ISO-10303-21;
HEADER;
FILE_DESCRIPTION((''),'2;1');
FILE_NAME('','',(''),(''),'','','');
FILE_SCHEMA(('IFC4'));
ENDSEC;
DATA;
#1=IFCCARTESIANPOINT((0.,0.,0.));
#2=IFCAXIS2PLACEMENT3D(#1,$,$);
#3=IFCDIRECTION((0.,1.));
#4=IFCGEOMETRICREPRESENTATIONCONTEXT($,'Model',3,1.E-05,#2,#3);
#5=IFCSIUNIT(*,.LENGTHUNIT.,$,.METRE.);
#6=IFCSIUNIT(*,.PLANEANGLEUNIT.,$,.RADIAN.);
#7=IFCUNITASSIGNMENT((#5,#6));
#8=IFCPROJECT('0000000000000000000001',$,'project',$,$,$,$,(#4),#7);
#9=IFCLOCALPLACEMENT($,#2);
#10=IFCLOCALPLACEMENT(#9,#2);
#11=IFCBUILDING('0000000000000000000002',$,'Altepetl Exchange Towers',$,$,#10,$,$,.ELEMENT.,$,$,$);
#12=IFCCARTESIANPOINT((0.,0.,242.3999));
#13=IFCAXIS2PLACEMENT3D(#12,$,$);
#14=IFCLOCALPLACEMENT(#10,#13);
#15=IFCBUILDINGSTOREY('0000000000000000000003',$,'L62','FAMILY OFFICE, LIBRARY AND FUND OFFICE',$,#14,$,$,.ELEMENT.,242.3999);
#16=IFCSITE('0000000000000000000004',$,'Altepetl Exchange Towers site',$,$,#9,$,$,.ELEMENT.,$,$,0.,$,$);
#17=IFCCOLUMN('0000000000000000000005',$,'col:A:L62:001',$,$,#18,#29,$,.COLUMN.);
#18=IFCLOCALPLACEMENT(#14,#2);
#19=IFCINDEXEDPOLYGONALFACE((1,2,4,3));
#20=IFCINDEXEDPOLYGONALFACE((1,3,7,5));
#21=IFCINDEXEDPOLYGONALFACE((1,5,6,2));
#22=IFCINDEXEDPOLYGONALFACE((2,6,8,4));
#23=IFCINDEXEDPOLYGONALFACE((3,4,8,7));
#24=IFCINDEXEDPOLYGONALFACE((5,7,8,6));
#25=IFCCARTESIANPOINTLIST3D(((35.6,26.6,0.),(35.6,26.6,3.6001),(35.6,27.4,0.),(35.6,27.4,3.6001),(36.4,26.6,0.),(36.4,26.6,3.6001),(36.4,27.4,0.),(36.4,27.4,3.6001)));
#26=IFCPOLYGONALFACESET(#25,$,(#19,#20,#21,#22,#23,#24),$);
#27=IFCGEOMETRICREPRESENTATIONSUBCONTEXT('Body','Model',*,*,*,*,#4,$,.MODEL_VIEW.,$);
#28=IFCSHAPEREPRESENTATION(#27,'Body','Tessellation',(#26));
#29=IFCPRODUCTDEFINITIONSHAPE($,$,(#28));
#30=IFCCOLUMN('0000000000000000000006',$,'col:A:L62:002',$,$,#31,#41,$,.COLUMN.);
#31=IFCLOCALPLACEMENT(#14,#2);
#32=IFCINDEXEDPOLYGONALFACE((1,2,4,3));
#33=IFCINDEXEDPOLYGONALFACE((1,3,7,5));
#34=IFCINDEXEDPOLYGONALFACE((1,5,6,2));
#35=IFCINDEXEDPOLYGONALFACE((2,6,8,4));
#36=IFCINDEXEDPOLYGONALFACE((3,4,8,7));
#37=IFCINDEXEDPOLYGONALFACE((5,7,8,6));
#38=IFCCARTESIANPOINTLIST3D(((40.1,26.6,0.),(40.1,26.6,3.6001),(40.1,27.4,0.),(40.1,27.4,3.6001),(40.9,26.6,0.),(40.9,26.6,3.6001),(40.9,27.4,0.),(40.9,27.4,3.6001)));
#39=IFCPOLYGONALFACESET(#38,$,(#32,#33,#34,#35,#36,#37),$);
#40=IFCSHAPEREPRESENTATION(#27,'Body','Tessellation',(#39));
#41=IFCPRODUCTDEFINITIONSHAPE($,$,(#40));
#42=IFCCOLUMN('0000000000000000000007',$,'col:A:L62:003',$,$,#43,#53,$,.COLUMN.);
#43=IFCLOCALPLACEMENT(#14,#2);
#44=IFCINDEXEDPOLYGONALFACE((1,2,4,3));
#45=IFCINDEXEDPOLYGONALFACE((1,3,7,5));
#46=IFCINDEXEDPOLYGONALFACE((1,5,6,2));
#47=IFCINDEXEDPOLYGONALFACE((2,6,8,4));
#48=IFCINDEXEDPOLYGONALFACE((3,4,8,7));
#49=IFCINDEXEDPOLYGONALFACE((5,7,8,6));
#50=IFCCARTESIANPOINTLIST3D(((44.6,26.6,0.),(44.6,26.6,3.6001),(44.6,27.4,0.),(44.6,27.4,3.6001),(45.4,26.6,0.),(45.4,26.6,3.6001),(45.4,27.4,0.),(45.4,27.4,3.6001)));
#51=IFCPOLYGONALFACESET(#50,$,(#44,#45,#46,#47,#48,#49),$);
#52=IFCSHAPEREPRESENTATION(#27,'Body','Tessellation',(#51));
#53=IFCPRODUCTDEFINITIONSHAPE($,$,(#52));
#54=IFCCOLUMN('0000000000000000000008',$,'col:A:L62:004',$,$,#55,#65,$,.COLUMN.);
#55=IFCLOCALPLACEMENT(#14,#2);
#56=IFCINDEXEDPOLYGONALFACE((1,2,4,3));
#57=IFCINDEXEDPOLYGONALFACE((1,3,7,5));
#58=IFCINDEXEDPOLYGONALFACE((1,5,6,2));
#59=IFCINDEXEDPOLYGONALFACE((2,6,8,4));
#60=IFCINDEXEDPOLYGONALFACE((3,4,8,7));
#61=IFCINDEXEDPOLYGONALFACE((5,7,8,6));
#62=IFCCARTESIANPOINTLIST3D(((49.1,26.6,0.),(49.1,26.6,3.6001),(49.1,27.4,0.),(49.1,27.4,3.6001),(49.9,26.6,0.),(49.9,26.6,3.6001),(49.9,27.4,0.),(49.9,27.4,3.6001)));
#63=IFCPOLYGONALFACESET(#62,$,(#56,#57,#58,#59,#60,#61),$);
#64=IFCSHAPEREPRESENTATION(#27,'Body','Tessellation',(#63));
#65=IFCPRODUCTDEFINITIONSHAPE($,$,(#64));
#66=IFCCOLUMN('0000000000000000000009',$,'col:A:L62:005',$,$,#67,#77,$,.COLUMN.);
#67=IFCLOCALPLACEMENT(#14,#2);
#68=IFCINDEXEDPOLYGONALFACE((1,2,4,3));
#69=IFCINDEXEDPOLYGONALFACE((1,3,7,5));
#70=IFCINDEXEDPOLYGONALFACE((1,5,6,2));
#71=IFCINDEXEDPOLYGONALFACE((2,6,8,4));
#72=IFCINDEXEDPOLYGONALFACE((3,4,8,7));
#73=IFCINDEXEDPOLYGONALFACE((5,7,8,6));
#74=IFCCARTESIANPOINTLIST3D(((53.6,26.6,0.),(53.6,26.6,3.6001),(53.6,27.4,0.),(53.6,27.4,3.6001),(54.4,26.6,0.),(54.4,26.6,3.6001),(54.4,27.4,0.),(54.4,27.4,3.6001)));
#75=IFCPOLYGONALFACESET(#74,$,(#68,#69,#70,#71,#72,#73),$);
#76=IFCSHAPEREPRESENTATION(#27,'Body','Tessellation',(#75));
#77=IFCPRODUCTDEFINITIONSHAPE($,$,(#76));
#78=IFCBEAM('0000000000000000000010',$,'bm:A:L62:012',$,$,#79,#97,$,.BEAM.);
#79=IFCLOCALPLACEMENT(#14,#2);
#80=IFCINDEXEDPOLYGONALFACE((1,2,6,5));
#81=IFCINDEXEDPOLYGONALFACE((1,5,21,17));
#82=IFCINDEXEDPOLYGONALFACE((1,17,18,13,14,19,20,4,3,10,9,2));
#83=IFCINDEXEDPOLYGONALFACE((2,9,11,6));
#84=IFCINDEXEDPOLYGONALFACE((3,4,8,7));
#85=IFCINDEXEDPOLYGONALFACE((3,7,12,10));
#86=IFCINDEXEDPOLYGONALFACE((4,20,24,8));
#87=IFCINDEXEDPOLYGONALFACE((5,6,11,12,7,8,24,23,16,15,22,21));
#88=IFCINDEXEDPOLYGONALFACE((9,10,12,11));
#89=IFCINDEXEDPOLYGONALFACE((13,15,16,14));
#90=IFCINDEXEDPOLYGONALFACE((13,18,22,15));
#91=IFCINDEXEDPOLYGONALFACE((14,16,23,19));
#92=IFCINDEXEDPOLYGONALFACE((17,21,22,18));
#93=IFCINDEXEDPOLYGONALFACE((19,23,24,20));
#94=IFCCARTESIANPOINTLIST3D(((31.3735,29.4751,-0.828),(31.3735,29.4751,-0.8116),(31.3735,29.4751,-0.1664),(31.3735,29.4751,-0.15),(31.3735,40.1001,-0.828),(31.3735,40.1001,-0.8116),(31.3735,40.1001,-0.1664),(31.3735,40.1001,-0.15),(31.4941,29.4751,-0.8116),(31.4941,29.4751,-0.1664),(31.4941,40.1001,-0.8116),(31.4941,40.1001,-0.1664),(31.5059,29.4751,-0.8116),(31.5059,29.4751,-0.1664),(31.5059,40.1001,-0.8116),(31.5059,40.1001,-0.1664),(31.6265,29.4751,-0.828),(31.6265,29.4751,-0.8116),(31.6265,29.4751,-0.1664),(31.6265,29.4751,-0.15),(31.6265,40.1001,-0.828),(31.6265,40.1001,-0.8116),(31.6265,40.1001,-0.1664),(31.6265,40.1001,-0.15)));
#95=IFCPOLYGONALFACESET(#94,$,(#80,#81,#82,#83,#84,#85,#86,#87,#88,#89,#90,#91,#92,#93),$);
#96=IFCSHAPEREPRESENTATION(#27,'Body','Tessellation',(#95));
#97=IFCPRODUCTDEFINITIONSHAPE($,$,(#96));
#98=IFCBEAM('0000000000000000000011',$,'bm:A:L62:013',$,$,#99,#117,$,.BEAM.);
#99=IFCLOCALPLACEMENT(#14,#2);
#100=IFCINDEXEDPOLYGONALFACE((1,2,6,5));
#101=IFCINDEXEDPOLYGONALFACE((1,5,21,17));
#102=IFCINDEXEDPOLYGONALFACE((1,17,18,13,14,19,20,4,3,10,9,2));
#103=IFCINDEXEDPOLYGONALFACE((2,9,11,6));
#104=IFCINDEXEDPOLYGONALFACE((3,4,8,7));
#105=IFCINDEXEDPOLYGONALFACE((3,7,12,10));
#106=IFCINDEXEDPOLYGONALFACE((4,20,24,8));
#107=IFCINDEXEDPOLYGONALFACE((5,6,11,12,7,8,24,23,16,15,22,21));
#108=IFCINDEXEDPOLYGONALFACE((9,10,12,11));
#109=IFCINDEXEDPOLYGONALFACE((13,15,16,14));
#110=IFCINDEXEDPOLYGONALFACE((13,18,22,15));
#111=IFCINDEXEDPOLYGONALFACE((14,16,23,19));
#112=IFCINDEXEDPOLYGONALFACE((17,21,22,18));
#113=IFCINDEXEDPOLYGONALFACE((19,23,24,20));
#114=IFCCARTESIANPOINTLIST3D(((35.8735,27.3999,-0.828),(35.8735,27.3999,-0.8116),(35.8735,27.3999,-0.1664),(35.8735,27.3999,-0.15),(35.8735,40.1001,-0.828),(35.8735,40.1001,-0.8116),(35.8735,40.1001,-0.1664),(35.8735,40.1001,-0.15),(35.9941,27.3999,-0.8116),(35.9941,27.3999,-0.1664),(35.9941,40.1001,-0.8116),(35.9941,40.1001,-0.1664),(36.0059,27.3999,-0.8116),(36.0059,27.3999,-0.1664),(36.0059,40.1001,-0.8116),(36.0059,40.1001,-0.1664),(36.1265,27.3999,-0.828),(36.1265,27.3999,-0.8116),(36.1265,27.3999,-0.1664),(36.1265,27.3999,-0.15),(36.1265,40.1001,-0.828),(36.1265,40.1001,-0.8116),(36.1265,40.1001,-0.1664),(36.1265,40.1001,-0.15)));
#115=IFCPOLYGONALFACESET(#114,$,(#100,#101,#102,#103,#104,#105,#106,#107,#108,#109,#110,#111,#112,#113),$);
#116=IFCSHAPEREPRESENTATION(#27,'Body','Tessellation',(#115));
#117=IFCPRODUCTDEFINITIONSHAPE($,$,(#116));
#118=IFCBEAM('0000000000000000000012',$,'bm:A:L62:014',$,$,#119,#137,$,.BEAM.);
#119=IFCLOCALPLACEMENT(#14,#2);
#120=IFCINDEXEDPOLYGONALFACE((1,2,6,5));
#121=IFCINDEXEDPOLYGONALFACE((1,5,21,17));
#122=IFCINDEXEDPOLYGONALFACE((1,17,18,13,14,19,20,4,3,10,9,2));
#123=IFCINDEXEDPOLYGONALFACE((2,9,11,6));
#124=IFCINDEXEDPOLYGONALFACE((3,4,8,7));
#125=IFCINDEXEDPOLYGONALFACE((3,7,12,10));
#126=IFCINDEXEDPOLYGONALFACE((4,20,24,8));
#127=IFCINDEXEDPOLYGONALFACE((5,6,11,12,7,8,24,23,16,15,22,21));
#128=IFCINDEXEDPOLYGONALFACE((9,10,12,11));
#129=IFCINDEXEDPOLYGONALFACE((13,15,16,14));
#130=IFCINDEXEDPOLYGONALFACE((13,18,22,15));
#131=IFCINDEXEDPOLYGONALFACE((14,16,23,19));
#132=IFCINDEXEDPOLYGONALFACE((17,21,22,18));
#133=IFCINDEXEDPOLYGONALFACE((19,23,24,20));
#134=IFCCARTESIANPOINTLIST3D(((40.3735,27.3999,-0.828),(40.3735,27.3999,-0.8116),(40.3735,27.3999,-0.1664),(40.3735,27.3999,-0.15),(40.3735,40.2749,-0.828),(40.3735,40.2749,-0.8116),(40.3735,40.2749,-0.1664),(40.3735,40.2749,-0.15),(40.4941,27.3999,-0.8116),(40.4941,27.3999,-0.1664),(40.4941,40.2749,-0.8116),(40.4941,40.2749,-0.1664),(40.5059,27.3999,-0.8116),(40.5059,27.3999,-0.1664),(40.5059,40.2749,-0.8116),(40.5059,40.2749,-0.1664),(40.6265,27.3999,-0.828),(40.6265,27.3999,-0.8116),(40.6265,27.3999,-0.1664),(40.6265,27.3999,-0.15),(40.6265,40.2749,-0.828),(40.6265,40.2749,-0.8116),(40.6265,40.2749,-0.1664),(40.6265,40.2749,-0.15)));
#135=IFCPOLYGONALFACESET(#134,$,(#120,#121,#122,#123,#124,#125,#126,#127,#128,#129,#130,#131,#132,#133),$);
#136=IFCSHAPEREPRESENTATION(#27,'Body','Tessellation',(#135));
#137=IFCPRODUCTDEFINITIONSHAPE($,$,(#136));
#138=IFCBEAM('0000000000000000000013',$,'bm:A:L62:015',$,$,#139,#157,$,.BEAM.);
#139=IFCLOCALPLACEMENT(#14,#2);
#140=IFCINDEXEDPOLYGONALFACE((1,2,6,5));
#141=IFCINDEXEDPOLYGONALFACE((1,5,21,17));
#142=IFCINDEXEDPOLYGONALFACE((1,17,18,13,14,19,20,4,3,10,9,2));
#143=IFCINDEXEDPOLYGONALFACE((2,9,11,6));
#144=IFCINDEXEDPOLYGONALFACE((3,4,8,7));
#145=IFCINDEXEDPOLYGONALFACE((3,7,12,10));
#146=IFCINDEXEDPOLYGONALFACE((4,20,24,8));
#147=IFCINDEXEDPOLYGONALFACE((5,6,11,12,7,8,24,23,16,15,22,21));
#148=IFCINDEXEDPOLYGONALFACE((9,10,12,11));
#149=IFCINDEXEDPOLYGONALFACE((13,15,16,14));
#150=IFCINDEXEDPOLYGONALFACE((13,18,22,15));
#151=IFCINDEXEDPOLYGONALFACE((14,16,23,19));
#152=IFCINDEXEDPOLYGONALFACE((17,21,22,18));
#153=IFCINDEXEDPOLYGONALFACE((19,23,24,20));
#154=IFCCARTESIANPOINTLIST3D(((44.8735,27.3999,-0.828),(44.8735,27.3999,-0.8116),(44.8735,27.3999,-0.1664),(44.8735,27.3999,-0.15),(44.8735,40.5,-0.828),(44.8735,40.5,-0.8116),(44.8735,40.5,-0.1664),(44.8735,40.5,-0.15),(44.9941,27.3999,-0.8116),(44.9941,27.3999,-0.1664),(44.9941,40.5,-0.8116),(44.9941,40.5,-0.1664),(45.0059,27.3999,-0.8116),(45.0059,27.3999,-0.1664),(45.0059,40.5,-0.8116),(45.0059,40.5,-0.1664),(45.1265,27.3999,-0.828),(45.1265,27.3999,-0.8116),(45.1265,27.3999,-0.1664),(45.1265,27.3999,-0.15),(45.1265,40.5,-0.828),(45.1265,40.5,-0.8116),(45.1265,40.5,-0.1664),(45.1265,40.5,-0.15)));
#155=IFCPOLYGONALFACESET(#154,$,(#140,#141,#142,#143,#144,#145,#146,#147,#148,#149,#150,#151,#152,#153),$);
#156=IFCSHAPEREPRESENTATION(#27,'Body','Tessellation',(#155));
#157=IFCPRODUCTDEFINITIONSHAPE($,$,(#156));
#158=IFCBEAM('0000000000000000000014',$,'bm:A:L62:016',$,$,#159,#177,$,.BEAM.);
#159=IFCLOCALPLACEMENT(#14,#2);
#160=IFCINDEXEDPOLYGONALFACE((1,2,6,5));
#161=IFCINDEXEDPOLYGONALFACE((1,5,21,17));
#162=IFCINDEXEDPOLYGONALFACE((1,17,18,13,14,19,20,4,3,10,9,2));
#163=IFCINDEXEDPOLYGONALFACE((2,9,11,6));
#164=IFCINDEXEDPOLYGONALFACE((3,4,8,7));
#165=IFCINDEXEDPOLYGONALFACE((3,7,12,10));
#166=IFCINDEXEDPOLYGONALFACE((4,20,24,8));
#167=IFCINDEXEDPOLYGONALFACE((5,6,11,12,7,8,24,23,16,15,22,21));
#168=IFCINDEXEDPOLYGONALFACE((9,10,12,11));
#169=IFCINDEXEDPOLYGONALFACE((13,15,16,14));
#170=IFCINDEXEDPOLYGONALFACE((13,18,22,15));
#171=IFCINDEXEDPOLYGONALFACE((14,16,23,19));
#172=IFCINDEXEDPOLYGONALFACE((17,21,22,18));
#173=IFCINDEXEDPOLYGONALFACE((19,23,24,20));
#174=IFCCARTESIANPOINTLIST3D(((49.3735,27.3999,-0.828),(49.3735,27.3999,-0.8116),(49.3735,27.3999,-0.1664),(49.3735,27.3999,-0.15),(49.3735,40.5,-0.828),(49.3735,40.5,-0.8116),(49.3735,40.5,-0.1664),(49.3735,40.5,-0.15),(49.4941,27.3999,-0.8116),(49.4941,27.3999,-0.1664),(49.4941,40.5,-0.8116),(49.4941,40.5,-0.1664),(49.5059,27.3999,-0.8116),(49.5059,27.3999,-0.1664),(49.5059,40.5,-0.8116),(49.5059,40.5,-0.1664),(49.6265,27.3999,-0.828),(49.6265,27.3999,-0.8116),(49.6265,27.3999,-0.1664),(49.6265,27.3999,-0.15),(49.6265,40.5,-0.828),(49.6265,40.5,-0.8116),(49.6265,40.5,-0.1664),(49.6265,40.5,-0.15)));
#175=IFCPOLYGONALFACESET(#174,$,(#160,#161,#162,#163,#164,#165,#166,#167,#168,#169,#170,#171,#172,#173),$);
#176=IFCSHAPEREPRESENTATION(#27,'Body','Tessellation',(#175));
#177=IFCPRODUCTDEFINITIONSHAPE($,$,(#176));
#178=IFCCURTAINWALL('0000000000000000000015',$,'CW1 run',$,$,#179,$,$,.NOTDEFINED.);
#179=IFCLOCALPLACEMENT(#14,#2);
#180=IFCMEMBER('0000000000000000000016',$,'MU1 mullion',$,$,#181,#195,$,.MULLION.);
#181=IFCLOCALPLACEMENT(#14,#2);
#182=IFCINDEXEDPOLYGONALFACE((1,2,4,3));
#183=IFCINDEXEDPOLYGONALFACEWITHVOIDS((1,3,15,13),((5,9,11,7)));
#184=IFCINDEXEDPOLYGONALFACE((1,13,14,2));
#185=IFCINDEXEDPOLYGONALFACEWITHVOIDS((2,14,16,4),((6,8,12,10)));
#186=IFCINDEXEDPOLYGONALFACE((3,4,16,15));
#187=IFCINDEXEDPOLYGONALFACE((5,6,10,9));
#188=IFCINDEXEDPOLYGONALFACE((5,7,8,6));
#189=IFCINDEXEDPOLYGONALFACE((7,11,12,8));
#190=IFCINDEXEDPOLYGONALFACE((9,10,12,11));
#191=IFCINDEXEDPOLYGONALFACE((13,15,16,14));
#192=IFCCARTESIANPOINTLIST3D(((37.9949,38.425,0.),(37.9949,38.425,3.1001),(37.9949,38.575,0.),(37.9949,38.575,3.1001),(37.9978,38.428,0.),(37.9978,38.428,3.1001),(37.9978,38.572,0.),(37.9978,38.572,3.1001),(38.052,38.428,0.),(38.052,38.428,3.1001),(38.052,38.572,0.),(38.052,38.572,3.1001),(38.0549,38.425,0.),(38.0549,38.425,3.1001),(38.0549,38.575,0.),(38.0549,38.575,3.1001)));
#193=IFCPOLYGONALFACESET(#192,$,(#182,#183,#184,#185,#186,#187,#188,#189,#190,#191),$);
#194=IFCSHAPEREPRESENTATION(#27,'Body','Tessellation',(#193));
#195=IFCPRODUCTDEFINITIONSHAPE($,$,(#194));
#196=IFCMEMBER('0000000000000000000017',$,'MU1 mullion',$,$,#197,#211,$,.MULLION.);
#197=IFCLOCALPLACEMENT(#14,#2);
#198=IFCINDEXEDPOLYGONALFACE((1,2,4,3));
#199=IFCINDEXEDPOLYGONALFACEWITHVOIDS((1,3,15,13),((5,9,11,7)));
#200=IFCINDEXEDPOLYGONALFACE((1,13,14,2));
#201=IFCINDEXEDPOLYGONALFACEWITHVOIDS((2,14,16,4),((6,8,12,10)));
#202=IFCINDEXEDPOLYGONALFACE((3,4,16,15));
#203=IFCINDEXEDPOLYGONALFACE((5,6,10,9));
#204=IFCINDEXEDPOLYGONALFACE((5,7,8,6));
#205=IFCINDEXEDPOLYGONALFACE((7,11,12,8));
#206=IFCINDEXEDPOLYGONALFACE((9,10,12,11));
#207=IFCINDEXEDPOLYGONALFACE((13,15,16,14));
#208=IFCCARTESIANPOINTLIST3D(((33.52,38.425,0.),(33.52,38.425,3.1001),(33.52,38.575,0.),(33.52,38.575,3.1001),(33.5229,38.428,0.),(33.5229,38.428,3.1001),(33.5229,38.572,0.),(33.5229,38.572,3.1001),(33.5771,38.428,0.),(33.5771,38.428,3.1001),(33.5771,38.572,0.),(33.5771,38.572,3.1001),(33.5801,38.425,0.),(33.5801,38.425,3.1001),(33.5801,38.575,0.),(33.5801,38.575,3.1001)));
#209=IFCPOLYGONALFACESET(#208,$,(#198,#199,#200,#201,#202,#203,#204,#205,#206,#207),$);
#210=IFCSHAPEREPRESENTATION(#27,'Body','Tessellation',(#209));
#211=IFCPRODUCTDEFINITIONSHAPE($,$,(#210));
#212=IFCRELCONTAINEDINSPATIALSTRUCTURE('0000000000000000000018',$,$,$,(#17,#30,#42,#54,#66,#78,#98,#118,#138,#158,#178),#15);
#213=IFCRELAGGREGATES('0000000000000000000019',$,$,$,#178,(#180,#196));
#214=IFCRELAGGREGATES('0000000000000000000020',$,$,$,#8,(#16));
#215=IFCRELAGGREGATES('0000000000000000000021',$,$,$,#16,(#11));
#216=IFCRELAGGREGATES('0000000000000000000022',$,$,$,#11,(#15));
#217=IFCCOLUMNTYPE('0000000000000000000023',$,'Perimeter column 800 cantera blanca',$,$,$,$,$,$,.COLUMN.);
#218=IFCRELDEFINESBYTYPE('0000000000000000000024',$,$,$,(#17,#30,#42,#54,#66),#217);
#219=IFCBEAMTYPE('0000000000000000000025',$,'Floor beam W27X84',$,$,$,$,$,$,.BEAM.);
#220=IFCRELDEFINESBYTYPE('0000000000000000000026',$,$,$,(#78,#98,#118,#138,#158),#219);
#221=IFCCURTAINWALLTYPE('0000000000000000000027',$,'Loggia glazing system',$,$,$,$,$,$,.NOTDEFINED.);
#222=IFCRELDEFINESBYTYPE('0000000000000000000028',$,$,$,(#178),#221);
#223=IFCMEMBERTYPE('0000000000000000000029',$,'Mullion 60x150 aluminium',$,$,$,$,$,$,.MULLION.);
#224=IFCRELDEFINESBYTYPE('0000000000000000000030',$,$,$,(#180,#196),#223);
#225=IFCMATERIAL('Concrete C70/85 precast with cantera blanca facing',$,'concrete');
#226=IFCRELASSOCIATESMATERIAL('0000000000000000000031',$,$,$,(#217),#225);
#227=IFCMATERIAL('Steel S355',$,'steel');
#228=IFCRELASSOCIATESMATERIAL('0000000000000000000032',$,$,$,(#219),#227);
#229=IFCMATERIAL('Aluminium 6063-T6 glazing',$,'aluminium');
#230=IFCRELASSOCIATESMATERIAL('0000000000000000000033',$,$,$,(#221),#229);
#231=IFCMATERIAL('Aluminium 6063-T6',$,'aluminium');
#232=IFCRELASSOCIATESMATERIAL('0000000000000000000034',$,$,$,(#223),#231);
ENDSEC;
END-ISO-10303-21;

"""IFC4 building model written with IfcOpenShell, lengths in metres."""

from ifc_helpers import new_model, si_unit, direction, frame, origin, origin_2d, place, context, subcontext, project, spatial, rectangle, hollow_rectangle, i_section, extrude, material, material_profile, profile_set, type_object, element, aggregate, save


model = new_model("IFC4")

# Units and contexts
model_context = context("Model", 3, precision=1e-05, world=origin(), true_north=direction((0.0, 1.0)))
body_context = subcontext(model_context, "Body", "Model", "MODEL_VIEW")
ifc_project = project(units=[si_unit("LENGTHUNIT", "METRE"), si_unit("PLANEANGLEUNIT", "RADIAN")], contexts=[model_context])

# Site, building, storey
site_placement = place(None, origin())
site = spatial("IfcSite", under=ifc_project, at=site_placement, Name="Altepetl Exchange Towers site", CompositionType="ELEMENT", RefElevation=0.0)
building_placement = place(site_placement, origin())
building = spatial("IfcBuilding", under=site, at=building_placement, Name="Altepetl Exchange Towers", CompositionType="ELEMENT")
storey_placement = place(building_placement, frame((0.0, 0.0, 242.3999)))
storey = spatial("IfcBuildingStorey", under=building, at=storey_placement, Name="L62", Description="FAMILY OFFICE, LIBRARY AND FUND OFFICE", CompositionType="ELEMENT", Elevation=242.3999)

# Columns
ifc_material_1 = material(Name="Concrete C70/85 precast with cantera blanca facing", Category="concrete")
ifc_material_profile_1 = material_profile(ifc_material_1, rectangle(XDim=0.8, YDim=0.8, at=origin_2d()), Name="800 x 800")
ifc_profile_set_1 = profile_set([ifc_material_profile_1], Name="Concrete C70/85 precast with cantera blanca facing")
column_type = type_object("IfcColumnType", Name="Perimeter column 800 cantera blanca", PredefinedType="COLUMN", material=ifc_profile_set_1)
for number, where, name in (
    (1, (36.0, 27.0, 0.0), "col:A:L62:001"),
    (2, (40.5, 27.0, 0.0), "col:A:L62:002"),
    (3, (45.0, 27.0, 0.0), "col:A:L62:003"),
    (4, (49.5, 27.0, 0.0), "col:A:L62:004"),
    (5, (54.0, 27.0, 0.0), "col:A:L62:005"),
):
    element("IfcColumn", number, at=place(storey_placement, frame(where)), inside=storey, type_object=column_type, Name=name, PredefinedType="COLUMN", context=body_context, shape_type="SweptSolid", body=[
        extrude(rectangle(XDim=0.8, YDim=0.8, at=origin_2d()), origin(), (0.0, 0.0, 1.0), 3.6001),
    ])

# Beams
ifc_material_2 = material(Name="Steel S355", Category="steel")
ifc_material_profile_2 = material_profile(ifc_material_2, i_section(OverallWidth=0.2529, OverallDepth=0.678, WebThickness=0.0117, FlangeThickness=0.0164, at=origin_2d()), Name="W27X84")
ifc_profile_set_2 = profile_set([ifc_material_profile_2], Name="Steel S355")
beam_type_1 = type_object("IfcBeamType", Name="Floor beam W27X84", PredefinedType="BEAM", material=ifc_profile_set_2)
beam_1_placement = place(storey_placement, frame((31.5, 29.4751, -0.489), z_axis=(0.0, 1.0, 0.0), x_axis=(-1.0, 0.0, 0.0)))
element("IfcBeam", 6, at=beam_1_placement, inside=storey, type_object=beam_type_1, Name="bm:A:L62:012", PredefinedType="BEAM", context=body_context, shape_type="SweptSolid", body=[
    extrude(i_section(OverallWidth=0.2529, OverallDepth=0.678, WebThickness=0.0117, FlangeThickness=0.0164, at=origin_2d()), origin(), (0.0, 0.0, 1.0), 10.625),
])
beam_2_placement = place(storey_placement, frame((36.0, 27.3999, -0.489), z_axis=(0.0, 1.0, 0.0), x_axis=(-1.0, 0.0, 0.0)))
element("IfcBeam", 7, at=beam_2_placement, inside=storey, type_object=beam_type_1, Name="bm:A:L62:013", PredefinedType="BEAM", context=body_context, shape_type="SweptSolid", body=[
    extrude(i_section(OverallWidth=0.2529, OverallDepth=0.678, WebThickness=0.0117, FlangeThickness=0.0164, at=origin_2d()), origin(), (0.0, 0.0, 1.0), 12.7002),
])
beam_3_placement = place(storey_placement, frame((40.5, 27.3999, -0.489), z_axis=(0.0, 1.0, 0.0), x_axis=(-1.0, 0.0, 0.0)))
element("IfcBeam", 8, at=beam_3_placement, inside=storey, type_object=beam_type_1, Name="bm:A:L62:014", PredefinedType="BEAM", context=body_context, shape_type="SweptSolid", body=[
    extrude(i_section(OverallWidth=0.2529, OverallDepth=0.678, WebThickness=0.0117, FlangeThickness=0.0164, at=origin_2d()), origin(), (0.0, 0.0, 1.0), 12.875),
])
for number, where, z_axis, x_axis, name in (
    (9, (45.0, 27.3999, -0.489), (0.0, 1.0, 0.0), (-1.0, 0.0, 0.0), "bm:A:L62:015"),
    (10, (49.5, 27.3999, -0.489), (0.0, 1.0, 0.0), (-1.0, 0.0, 0.0), "bm:A:L62:016"),
):
    element("IfcBeam", number, at=place(storey_placement, frame(where, z_axis=z_axis, x_axis=x_axis)), inside=storey, type_object=beam_type_1, Name=name, PredefinedType="BEAM", context=body_context, shape_type="SweptSolid", body=[
        extrude(i_section(OverallWidth=0.2529, OverallDepth=0.678, WebThickness=0.0117, FlangeThickness=0.0164, at=origin_2d()), origin(), (0.0, 0.0, 1.0), 13.1001),
    ])

# Curtain wall, members
ifc_material_3 = material(Name="Aluminium 6063-T6 glazing", Category="aluminium")
curtain_wall_type = type_object("IfcCurtainWallType", Name="Loggia glazing system", PredefinedType="NOTDEFINED", material=ifc_material_3)
curtain_wall_1_placement = place(storey_placement, origin())
curtain_wall_1 = element("IfcCurtainWall", 11, at=curtain_wall_1_placement, inside=storey, type_object=curtain_wall_type, Name="CW1 run", PredefinedType="NOTDEFINED")
ifc_material_4 = material(Name="Aluminium 6063-T6", Category="aluminium")
ifc_material_profile_3 = material_profile(ifc_material_4, hollow_rectangle(XDim=0.0601, YDim=0.1499, WallThickness=0.0029, at=origin_2d()), Name="Mullion 60x150 aluminium")
ifc_profile_set_3 = profile_set([ifc_material_profile_3], Name="Aluminium 6063-T6")
member_type = type_object("IfcMemberType", Name="Mullion 60x150 aluminium", PredefinedType="MULLION", material=ifc_profile_set_3)
member_1_placement = place(storey_placement, frame((38.0249, 38.5, 0.0), z_axis=(0.0, 0.0, 1.0), x_axis=(-1.0, 0.0, 0.0)))
member_1 = element("IfcMember", 12, at=member_1_placement, type_object=member_type, Name="MU1 mullion", PredefinedType="MULLION", context=body_context, shape_type="SweptSolid", body=[
    extrude(hollow_rectangle(XDim=0.0601, YDim=0.1499, WallThickness=0.0029, at=origin_2d()), origin(), (0.0, 0.0, 1.0), 3.1001),
])
member_2_placement = place(storey_placement, frame((33.55, 38.5, 0.0), z_axis=(0.0, 0.0, 1.0), x_axis=(-1.0, 0.0, 0.0)))
member_2 = element("IfcMember", 13, at=member_2_placement, type_object=member_type, Name="MU1 mullion", PredefinedType="MULLION", context=body_context, shape_type="SweptSolid", body=[
    extrude(hollow_rectangle(XDim=0.0601, YDim=0.1499, WallThickness=0.0029, at=origin_2d()), origin(), (0.0, 0.0, 1.0), 3.1001),
])

aggregate(curtain_wall_1, [member_1, member_2])

save(model, "model.ifc")
